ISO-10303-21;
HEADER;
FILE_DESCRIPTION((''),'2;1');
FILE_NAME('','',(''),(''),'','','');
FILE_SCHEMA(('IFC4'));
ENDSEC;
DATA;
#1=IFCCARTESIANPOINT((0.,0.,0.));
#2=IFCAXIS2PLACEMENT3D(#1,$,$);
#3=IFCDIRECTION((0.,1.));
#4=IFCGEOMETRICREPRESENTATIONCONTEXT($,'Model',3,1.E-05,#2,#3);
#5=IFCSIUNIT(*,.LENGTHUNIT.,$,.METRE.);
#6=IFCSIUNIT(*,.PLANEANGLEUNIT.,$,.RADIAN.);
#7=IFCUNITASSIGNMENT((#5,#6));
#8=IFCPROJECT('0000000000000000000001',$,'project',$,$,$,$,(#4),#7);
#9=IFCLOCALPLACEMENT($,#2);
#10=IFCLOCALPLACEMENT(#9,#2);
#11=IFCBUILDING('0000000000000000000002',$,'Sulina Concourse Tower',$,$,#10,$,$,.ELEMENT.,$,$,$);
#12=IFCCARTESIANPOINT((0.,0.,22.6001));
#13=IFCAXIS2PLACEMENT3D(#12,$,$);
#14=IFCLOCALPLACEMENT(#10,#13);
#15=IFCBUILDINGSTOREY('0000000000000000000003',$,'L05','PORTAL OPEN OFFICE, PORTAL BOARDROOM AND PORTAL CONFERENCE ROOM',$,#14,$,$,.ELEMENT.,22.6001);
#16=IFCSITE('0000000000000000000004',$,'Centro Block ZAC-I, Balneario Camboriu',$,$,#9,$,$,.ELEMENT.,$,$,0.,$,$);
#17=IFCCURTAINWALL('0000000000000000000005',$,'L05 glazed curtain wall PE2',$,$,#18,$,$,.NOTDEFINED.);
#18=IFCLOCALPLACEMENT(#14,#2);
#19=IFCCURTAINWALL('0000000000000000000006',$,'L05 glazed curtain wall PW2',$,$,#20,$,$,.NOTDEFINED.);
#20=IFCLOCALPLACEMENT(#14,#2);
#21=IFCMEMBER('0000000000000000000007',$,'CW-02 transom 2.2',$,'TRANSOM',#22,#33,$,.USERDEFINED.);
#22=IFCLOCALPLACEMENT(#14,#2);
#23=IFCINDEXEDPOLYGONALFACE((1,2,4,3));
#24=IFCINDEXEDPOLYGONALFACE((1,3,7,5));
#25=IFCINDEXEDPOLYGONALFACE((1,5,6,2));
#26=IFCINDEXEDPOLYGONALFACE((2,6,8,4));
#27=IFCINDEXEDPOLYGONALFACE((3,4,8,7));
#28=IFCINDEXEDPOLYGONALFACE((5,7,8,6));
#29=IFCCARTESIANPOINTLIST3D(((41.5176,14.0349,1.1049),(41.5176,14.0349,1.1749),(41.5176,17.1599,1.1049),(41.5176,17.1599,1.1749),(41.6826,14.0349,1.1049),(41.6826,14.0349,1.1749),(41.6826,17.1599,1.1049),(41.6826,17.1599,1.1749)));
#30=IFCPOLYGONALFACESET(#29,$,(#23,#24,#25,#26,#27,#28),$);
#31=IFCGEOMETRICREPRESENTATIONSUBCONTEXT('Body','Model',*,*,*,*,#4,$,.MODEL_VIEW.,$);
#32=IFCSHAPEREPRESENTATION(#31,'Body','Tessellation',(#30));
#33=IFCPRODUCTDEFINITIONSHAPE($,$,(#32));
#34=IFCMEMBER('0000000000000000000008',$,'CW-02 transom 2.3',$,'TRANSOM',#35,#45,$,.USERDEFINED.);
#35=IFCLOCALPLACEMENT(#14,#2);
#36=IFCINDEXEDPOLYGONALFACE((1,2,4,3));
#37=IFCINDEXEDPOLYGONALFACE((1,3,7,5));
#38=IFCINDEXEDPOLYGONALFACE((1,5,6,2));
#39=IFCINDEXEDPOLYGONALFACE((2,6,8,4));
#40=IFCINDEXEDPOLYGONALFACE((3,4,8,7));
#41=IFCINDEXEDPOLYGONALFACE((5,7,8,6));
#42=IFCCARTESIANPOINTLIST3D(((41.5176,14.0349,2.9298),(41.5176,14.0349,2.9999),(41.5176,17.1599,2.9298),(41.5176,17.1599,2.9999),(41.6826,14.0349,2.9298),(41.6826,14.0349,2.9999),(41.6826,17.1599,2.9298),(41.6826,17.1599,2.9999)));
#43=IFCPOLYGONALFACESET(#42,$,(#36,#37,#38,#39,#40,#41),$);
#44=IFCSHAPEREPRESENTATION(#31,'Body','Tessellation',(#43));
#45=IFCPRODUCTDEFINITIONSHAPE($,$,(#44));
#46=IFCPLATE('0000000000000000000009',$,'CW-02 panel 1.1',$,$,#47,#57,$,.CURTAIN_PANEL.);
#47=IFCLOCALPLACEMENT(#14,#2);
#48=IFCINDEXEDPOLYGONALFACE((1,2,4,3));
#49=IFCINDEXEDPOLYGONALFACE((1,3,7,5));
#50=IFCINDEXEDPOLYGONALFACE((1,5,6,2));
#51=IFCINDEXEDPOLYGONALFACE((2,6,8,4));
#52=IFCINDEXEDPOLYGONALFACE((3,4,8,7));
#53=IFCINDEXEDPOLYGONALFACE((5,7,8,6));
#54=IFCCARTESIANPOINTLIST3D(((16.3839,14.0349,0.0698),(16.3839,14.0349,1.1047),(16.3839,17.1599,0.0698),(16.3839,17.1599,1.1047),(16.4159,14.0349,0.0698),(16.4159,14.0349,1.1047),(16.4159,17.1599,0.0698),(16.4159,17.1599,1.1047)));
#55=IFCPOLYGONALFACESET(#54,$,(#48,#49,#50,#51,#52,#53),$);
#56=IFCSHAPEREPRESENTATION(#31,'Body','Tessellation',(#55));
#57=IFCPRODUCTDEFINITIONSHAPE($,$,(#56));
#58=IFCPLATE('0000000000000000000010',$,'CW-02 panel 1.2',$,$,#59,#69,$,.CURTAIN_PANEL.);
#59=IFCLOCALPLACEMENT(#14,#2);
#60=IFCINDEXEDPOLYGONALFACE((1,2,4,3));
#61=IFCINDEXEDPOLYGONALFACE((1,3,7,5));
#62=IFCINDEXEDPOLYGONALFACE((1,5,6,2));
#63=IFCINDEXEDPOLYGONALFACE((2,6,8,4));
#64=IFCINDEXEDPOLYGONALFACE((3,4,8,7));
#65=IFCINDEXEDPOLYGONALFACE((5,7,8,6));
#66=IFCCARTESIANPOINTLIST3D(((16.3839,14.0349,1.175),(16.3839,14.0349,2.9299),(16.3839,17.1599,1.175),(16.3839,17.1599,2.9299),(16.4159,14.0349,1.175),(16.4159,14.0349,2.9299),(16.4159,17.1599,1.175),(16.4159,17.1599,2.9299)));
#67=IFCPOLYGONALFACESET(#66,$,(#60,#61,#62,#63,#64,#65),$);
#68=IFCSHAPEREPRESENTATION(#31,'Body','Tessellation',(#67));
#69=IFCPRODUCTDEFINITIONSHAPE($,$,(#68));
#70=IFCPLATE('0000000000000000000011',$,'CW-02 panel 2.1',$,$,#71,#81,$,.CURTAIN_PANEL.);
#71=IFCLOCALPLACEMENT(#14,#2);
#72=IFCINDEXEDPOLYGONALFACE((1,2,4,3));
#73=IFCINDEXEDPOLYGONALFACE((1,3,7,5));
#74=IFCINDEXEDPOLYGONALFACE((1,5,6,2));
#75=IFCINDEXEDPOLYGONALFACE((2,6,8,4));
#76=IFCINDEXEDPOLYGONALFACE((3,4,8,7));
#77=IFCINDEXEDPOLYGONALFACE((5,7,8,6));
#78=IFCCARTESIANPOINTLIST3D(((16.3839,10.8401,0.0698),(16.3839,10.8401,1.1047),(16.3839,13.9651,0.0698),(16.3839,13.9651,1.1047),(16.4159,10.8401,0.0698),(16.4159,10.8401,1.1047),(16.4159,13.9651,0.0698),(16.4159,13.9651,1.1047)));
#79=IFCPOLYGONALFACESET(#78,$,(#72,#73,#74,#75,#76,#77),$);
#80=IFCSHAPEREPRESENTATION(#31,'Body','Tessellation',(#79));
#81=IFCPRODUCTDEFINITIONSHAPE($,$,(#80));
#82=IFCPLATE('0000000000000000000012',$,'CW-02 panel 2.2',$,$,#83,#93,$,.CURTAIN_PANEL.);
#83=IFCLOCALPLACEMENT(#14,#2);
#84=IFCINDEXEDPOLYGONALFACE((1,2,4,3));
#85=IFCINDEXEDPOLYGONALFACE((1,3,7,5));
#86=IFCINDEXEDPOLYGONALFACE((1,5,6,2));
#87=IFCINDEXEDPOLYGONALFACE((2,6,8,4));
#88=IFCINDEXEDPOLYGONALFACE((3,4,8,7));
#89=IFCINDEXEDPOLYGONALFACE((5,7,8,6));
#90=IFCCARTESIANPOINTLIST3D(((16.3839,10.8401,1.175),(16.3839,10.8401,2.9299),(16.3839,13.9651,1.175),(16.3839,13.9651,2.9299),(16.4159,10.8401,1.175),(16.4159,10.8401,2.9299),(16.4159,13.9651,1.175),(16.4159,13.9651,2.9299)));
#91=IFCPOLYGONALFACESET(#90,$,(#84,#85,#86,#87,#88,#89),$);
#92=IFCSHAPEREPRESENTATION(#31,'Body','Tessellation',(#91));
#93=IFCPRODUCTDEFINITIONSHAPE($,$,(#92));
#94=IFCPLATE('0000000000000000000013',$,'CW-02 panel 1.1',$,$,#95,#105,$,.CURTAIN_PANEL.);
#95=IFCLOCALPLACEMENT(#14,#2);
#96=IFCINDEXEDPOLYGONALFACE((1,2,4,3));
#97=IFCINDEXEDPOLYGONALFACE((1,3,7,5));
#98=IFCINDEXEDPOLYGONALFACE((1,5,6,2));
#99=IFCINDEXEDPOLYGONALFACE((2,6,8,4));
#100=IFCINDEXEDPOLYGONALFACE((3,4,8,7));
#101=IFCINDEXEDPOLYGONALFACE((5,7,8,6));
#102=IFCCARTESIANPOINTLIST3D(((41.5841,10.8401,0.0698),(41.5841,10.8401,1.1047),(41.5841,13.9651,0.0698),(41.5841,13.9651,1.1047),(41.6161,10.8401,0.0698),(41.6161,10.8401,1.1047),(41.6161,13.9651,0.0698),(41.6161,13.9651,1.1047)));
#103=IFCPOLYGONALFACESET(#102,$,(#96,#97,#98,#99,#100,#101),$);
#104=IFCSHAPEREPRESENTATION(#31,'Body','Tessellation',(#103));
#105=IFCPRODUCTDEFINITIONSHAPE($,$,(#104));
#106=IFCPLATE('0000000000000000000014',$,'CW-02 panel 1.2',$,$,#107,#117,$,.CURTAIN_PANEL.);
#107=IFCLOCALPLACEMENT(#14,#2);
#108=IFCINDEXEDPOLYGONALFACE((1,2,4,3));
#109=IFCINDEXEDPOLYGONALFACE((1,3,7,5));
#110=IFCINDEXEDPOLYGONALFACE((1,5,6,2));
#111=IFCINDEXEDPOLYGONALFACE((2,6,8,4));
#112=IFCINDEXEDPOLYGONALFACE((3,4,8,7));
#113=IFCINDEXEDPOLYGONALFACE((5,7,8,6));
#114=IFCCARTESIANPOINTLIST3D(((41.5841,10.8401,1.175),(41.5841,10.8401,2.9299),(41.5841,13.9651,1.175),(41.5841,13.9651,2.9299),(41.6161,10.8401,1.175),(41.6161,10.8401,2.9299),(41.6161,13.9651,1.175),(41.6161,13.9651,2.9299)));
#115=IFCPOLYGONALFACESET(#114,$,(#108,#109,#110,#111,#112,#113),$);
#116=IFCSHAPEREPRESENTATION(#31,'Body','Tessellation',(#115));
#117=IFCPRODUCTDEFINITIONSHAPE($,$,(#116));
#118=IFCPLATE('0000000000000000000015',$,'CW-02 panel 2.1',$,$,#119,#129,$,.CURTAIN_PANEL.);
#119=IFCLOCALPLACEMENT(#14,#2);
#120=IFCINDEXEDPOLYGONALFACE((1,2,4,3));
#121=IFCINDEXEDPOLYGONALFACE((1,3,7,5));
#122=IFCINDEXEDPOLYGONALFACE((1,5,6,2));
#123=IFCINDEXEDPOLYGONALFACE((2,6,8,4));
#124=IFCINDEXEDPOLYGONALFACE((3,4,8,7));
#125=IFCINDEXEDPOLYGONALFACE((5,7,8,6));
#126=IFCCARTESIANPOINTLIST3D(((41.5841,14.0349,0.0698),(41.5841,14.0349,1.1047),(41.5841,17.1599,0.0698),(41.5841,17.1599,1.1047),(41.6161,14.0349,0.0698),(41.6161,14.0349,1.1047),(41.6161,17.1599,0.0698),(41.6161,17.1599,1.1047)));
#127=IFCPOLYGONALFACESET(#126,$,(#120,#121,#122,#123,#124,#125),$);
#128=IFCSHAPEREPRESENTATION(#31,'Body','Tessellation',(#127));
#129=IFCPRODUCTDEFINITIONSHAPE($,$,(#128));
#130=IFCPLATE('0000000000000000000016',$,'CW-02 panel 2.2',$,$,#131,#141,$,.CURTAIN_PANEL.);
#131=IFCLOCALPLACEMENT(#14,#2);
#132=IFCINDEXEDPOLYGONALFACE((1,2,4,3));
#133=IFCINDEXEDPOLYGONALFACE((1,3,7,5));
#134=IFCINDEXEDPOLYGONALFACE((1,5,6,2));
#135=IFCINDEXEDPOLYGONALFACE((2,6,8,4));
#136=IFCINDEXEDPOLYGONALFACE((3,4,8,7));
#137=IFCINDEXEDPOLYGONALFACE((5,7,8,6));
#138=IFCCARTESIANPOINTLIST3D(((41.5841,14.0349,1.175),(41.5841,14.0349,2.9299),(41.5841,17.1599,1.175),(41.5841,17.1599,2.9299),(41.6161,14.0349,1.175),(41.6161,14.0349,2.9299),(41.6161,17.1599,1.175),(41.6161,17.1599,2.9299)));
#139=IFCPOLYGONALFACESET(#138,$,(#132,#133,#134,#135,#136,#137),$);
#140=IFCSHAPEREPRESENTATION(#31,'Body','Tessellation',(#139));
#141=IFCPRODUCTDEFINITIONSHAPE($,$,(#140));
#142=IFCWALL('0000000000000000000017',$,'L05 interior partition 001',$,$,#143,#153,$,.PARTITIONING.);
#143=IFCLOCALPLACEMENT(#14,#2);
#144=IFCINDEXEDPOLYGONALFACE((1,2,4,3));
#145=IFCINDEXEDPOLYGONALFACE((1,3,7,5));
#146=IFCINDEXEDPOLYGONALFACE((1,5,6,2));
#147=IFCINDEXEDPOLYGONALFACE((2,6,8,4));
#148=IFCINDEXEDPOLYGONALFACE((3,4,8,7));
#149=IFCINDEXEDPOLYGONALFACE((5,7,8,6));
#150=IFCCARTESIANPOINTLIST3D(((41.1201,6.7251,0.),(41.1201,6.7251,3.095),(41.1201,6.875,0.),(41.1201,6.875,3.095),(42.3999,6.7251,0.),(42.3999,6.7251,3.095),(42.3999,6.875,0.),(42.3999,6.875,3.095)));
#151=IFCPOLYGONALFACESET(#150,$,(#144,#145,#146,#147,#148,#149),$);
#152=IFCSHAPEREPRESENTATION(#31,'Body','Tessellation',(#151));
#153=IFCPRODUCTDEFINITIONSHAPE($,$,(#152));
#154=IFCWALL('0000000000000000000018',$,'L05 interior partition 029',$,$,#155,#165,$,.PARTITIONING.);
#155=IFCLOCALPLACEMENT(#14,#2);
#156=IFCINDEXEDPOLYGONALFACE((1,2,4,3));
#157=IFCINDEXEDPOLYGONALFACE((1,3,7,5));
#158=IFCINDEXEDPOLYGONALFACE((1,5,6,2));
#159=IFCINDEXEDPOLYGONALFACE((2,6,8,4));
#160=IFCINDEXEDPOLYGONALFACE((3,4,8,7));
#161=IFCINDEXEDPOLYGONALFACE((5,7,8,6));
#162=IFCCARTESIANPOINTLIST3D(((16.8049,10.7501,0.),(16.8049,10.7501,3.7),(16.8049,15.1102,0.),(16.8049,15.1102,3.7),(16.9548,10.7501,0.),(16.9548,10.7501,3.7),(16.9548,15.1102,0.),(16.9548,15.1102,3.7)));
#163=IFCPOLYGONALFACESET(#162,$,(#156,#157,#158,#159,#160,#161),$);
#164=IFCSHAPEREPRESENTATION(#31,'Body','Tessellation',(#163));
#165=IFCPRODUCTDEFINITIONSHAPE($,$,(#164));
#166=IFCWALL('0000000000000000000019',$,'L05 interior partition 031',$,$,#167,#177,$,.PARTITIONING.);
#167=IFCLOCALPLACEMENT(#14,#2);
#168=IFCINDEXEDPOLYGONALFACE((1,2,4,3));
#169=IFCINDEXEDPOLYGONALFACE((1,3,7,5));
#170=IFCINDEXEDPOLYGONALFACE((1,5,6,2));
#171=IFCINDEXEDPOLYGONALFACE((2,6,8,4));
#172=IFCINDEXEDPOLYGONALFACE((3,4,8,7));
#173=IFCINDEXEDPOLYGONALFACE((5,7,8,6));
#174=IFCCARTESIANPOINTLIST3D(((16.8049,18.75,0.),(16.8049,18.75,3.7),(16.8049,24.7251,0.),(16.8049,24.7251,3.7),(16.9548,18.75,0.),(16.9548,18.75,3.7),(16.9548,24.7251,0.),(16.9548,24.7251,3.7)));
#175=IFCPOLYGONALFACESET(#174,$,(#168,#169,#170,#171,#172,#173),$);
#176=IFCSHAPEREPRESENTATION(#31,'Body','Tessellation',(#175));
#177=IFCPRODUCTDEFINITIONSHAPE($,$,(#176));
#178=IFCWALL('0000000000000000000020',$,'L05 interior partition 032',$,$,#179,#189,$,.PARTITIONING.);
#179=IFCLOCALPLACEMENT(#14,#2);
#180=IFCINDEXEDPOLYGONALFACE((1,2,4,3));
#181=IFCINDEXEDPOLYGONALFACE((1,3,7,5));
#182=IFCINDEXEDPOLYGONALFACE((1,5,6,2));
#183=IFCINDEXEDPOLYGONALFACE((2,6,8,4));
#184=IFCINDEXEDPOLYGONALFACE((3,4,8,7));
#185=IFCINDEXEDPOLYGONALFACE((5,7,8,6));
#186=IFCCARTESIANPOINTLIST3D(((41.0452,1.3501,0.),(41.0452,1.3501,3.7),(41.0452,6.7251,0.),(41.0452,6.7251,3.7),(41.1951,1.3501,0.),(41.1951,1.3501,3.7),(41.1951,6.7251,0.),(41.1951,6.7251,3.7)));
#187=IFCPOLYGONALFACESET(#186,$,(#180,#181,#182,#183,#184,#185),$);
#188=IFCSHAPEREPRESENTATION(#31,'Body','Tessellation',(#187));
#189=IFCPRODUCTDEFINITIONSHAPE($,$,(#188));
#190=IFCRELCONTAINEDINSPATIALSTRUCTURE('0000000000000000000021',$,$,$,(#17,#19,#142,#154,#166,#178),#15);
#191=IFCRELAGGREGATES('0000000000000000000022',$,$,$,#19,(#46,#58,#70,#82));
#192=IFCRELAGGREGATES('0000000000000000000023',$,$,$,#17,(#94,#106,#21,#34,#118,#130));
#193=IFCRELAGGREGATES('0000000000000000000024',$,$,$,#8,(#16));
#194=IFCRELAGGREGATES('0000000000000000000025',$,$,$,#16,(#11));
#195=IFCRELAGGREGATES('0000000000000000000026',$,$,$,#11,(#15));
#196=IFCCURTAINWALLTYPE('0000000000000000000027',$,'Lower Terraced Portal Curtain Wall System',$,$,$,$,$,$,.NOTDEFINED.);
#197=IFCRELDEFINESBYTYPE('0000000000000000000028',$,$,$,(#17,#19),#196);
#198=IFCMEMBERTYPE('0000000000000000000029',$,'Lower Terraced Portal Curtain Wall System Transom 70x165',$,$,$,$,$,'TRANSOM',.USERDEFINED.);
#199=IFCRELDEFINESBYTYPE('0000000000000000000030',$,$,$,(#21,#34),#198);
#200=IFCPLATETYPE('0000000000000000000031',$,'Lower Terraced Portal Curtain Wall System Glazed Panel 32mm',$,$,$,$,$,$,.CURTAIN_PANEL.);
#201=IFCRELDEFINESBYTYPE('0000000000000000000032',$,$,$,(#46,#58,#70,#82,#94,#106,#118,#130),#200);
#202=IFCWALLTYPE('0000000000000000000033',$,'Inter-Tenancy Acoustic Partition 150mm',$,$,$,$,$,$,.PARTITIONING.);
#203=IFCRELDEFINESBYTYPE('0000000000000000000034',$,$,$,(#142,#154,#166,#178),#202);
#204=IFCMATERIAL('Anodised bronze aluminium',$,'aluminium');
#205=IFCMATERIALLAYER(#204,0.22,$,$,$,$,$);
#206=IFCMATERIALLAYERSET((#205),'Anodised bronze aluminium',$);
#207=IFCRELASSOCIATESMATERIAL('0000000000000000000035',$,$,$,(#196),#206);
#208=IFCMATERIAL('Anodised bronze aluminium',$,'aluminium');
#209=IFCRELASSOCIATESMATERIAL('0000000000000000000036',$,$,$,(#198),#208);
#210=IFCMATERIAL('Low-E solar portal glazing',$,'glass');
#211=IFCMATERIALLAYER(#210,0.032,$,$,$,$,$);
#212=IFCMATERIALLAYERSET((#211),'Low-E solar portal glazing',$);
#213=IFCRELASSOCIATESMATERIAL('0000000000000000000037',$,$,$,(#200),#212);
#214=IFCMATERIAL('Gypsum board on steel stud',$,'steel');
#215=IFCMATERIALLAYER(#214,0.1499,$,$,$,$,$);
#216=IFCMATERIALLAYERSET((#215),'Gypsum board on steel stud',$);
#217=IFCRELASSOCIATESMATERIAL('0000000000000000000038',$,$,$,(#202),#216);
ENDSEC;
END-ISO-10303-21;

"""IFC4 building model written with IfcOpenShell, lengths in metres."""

from ifc_helpers import new_model, si_unit, direction, frame, frame_2d, origin, origin_2d, place, context, subcontext, project, spatial, rectangle, extrude, material, layer, layer_set, material_profile, profile_set, type_object, element, aggregate, save


model = new_model("IFC4")

# Units and contexts
model_context = context("Model", 3, precision=1e-05, world=origin(), true_north=direction((0.0, 1.0)))
body_context = subcontext(model_context, "Body", "Model", "MODEL_VIEW")
ifc_project = project(units=[si_unit("LENGTHUNIT", "METRE"), si_unit("PLANEANGLEUNIT", "RADIAN")], contexts=[model_context])

# Site, building, storey
site_placement = place(None, origin())
site = spatial("IfcSite", under=ifc_project, at=site_placement, Name="Centro Block ZAC-I, Balneario Camboriu", CompositionType="ELEMENT", RefElevation=0.0)
building_placement = place(site_placement, origin())
building = spatial("IfcBuilding", under=site, at=building_placement, Name="Sulina Concourse Tower", CompositionType="ELEMENT")
storey_placement = place(building_placement, frame((0.0, 0.0, 22.6001)))
storey = spatial("IfcBuildingStorey", under=building, at=storey_placement, Name="L05", Description="PORTAL OPEN OFFICE, PORTAL BOARDROOM AND PORTAL CONFERENCE ROOM", CompositionType="ELEMENT", Elevation=22.6001)

# Curtain walls
ifc_material_1 = material(Name="Anodised bronze aluminium", Category="aluminium")
ifc_layer_1 = layer(ifc_material_1, 0.22)
ifc_layer_set_1 = layer_set([ifc_layer_1], Name="Anodised bronze aluminium")
curtain_wall_type = type_object("IfcCurtainWallType", Name="Lower Terraced Portal Curtain Wall System", PredefinedType="NOTDEFINED", material=ifc_layer_set_1)
curtain_wall_1_placement = place(storey_placement, origin())
curtain_wall_1 = element("IfcCurtainWall", 1, at=curtain_wall_1_placement, inside=storey, type_object=curtain_wall_type, Name="L05 glazed curtain wall PE2", PredefinedType="NOTDEFINED")
curtain_wall_2_placement = place(storey_placement, origin())
curtain_wall_2 = element("IfcCurtainWall", 2, at=curtain_wall_2_placement, inside=storey, type_object=curtain_wall_type, Name="L05 glazed curtain wall PW2", PredefinedType="NOTDEFINED")
ifc_material_2 = material(Name="Anodised bronze aluminium", Category="aluminium")
ifc_material_profile_1 = material_profile(ifc_material_2, rectangle(XDim=0.165, YDim=0.0701, at=origin_2d()), Name="TRN 70x165")
ifc_profile_set_1 = profile_set([ifc_material_profile_1], Name="Anodised bronze aluminium")
member_type_1 = type_object("IfcMemberType", Name="Lower Terraced Portal Curtain Wall System Transom 70x165", ElementType="TRANSOM", PredefinedType="USERDEFINED", material=ifc_profile_set_1)

# Members
member_1_placement = place(storey_placement, frame((41.6001, 14.0349, 1.1399), z_axis=(0.0, 1.0, 0.0), x_axis=(-1.0, 0.0, 0.0)))
member_1 = element("IfcMember", 3, at=member_1_placement, type_object=member_type_1, Name="CW-02 transom 2.2", ObjectType="TRANSOM", PredefinedType="USERDEFINED", context=body_context, shape_type="SweptSolid", body=[
    extrude(rectangle(XDim=0.165, YDim=0.0701, at=origin_2d()), origin(), (0.0, 0.0, 1.0), 3.125),
])
member_2_placement = place(storey_placement, frame((41.6001, 14.0349, 2.9648), z_axis=(0.0, 1.0, 0.0), x_axis=(-1.0, 0.0, 0.0)))
member_2 = element("IfcMember", 4, at=member_2_placement, type_object=member_type_1, Name="CW-02 transom 2.3", ObjectType="TRANSOM", PredefinedType="USERDEFINED", context=body_context, shape_type="SweptSolid", body=[
    extrude(rectangle(XDim=0.165, YDim=0.0701, at=origin_2d()), origin(), (0.0, 0.0, 1.0), 3.125),
])

# Plates
ifc_material_3 = material(Name="Low-E solar portal glazing", Category="glass")
ifc_layer_2 = layer(ifc_material_3, 0.032)
ifc_layer_set_2 = layer_set([ifc_layer_2], Name="Low-E solar portal glazing")
plate_type = type_object("IfcPlateType", Name="Lower Terraced Portal Curtain Wall System Glazed Panel 32mm", PredefinedType="CURTAIN_PANEL", material=ifc_layer_set_2)
plate_1_placement = place(storey_placement, frame((16.3999, 15.5974, 0.0698), z_axis=(0.0, 0.0, 1.0), x_axis=(0.0, -1.0, 0.0)))
plate_1 = element("IfcPlate", 5, at=plate_1_placement, type_object=plate_type, Name="CW-02 panel 1.1", PredefinedType="CURTAIN_PANEL", context=body_context, shape_type="SweptSolid", body=[
    extrude(rectangle(XDim=3.125, YDim=0.032, at=origin_2d()), origin(), (0.0, 0.0, 1.0), 1.0349),
])
plate_2_placement = place(storey_placement, frame((16.3999, 15.5974, 1.175), z_axis=(0.0, 0.0, 1.0), x_axis=(0.0, -1.0, 0.0)))
plate_2 = element("IfcPlate", 6, at=plate_2_placement, type_object=plate_type, Name="CW-02 panel 1.2", PredefinedType="CURTAIN_PANEL", context=body_context, shape_type="SweptSolid", body=[
    extrude(rectangle(XDim=3.125, YDim=0.032, at=origin_2d()), origin(), (0.0, 0.0, 1.0), 1.7549),
])
plate_3_placement = place(storey_placement, frame((16.3999, 12.4026, 0.0698), z_axis=(0.0, 0.0, 1.0), x_axis=(0.0, -1.0, 0.0)))
plate_3 = element("IfcPlate", 7, at=plate_3_placement, type_object=plate_type, Name="CW-02 panel 2.1", PredefinedType="CURTAIN_PANEL", context=body_context, shape_type="SweptSolid", body=[
    extrude(rectangle(XDim=3.125, YDim=0.032, at=origin_2d()), origin(), (0.0, 0.0, 1.0), 1.0349),
])
plate_4_placement = place(storey_placement, frame((16.3999, 12.4026, 1.175), z_axis=(0.0, 0.0, 1.0), x_axis=(0.0, -1.0, 0.0)))
plate_4 = element("IfcPlate", 8, at=plate_4_placement, type_object=plate_type, Name="CW-02 panel 2.2", PredefinedType="CURTAIN_PANEL", context=body_context, shape_type="SweptSolid", body=[
    extrude(rectangle(XDim=3.125, YDim=0.032, at=origin_2d()), origin(), (0.0, 0.0, 1.0), 1.7549),
])
aggregate(curtain_wall_2, [plate_1, plate_2, plate_3, plate_4])
plate_5_placement = place(storey_placement, frame((41.6001, 12.4026, 0.0698), z_axis=(0.0, 0.0, 1.0), x_axis=(0.0, 1.0, 0.0)))
plate_5 = element("IfcPlate", 9, at=plate_5_placement, type_object=plate_type, Name="CW-02 panel 1.1", PredefinedType="CURTAIN_PANEL", context=body_context, shape_type="SweptSolid", body=[
    extrude(rectangle(XDim=3.125, YDim=0.032, at=origin_2d()), origin(), (0.0, 0.0, 1.0), 1.0349),
])
plate_6_placement = place(storey_placement, frame((41.6001, 12.4026, 1.175), z_axis=(0.0, 0.0, 1.0), x_axis=(0.0, 1.0, 0.0)))
plate_6 = element("IfcPlate", 10, at=plate_6_placement, type_object=plate_type, Name="CW-02 panel 1.2", PredefinedType="CURTAIN_PANEL", context=body_context, shape_type="SweptSolid", body=[
    extrude(rectangle(XDim=3.125, YDim=0.032, at=origin_2d()), origin(), (0.0, 0.0, 1.0), 1.7549),
])
plate_7_placement = place(storey_placement, frame((41.6001, 15.5974, 0.0698), z_axis=(0.0, 0.0, 1.0), x_axis=(0.0, 1.0, 0.0)))
plate_7 = element("IfcPlate", 11, at=plate_7_placement, type_object=plate_type, Name="CW-02 panel 2.1", PredefinedType="CURTAIN_PANEL", context=body_context, shape_type="SweptSolid", body=[
    extrude(rectangle(XDim=3.125, YDim=0.032, at=origin_2d()), origin(), (0.0, 0.0, 1.0), 1.0349),
])
plate_8_placement = place(storey_placement, frame((41.6001, 15.5974, 1.175), z_axis=(0.0, 0.0, 1.0), x_axis=(0.0, 1.0, 0.0)))
plate_8 = element("IfcPlate", 12, at=plate_8_placement, type_object=plate_type, Name="CW-02 panel 2.2", PredefinedType="CURTAIN_PANEL", context=body_context, shape_type="SweptSolid", body=[
    extrude(rectangle(XDim=3.125, YDim=0.032, at=origin_2d()), origin(), (0.0, 0.0, 1.0), 1.7549),
])
aggregate(curtain_wall_1, [plate_5, plate_6, member_1, member_2, plate_7, plate_8])

# Walls
ifc_material_4 = material(Name="Gypsum board on steel stud", Category="steel")
ifc_layer_3 = layer(ifc_material_4, 0.1499)
ifc_layer_set_3 = layer_set([ifc_layer_3], Name="Gypsum board on steel stud")
wall_type_1 = type_object("IfcWallType", Name="Inter-Tenancy Acoustic Partition 150mm", PredefinedType="PARTITIONING", material=ifc_layer_set_3)
wall_1_placement = place(storey_placement, frame((41.1201, 6.8, 0.0), z_axis=(0.0, 0.0, 1.0), x_axis=(1.0, 0.0, 0.0)))
element("IfcWall", 13, at=wall_1_placement, inside=storey, type_object=wall_type_1, Name="L05 interior partition 001", PredefinedType="PARTITIONING", context=body_context, shape_type="SweptSolid", body=[
    extrude(rectangle(XDim=1.2798, YDim=0.1499, at=frame_2d((0.6399, 0.0))), origin(), (0.0, 0.0, 1.0), 3.095),
])
wall_2_placement = place(storey_placement, frame((16.8799, 10.75, 0.0), z_axis=(0.0, 0.0, 1.0), x_axis=(0.0, 1.0, 0.0)))
element("IfcWall", 14, at=wall_2_placement, inside=storey, type_object=wall_type_1, Name="L05 interior partition 029", PredefinedType="PARTITIONING", context=body_context, shape_type="SweptSolid", body=[
    extrude(rectangle(XDim=4.3601, YDim=0.1499, at=frame_2d((2.1802, 0.0))), origin(), (0.0, 0.0, 1.0), 3.7),
])
wall_3_placement = place(storey_placement, frame((16.8799, 18.75, 0.0), z_axis=(0.0, 0.0, 1.0), x_axis=(0.0, 1.0, 0.0)))
element("IfcWall", 15, at=wall_3_placement, inside=storey, type_object=wall_type_1, Name="L05 interior partition 031", PredefinedType="PARTITIONING", context=body_context, shape_type="SweptSolid", body=[
    extrude(rectangle(XDim=5.9751, YDim=0.1499, at=frame_2d((2.9875, 0.0))), origin(), (0.0, 0.0, 1.0), 3.7),
])
wall_4_placement = place(storey_placement, frame((41.1201, 1.3501, 0.0), z_axis=(0.0, 0.0, 1.0), x_axis=(0.0, 1.0, 0.0)))
element("IfcWall", 16, at=wall_4_placement, inside=storey, type_object=wall_type_1, Name="L05 interior partition 032", PredefinedType="PARTITIONING", context=body_context, shape_type="SweptSolid", body=[
    extrude(rectangle(XDim=5.375, YDim=0.1499, at=frame_2d((2.6875, 0.0))), origin(), (0.0, 0.0, 1.0), 3.7),
])

save(model, "model.ifc")
